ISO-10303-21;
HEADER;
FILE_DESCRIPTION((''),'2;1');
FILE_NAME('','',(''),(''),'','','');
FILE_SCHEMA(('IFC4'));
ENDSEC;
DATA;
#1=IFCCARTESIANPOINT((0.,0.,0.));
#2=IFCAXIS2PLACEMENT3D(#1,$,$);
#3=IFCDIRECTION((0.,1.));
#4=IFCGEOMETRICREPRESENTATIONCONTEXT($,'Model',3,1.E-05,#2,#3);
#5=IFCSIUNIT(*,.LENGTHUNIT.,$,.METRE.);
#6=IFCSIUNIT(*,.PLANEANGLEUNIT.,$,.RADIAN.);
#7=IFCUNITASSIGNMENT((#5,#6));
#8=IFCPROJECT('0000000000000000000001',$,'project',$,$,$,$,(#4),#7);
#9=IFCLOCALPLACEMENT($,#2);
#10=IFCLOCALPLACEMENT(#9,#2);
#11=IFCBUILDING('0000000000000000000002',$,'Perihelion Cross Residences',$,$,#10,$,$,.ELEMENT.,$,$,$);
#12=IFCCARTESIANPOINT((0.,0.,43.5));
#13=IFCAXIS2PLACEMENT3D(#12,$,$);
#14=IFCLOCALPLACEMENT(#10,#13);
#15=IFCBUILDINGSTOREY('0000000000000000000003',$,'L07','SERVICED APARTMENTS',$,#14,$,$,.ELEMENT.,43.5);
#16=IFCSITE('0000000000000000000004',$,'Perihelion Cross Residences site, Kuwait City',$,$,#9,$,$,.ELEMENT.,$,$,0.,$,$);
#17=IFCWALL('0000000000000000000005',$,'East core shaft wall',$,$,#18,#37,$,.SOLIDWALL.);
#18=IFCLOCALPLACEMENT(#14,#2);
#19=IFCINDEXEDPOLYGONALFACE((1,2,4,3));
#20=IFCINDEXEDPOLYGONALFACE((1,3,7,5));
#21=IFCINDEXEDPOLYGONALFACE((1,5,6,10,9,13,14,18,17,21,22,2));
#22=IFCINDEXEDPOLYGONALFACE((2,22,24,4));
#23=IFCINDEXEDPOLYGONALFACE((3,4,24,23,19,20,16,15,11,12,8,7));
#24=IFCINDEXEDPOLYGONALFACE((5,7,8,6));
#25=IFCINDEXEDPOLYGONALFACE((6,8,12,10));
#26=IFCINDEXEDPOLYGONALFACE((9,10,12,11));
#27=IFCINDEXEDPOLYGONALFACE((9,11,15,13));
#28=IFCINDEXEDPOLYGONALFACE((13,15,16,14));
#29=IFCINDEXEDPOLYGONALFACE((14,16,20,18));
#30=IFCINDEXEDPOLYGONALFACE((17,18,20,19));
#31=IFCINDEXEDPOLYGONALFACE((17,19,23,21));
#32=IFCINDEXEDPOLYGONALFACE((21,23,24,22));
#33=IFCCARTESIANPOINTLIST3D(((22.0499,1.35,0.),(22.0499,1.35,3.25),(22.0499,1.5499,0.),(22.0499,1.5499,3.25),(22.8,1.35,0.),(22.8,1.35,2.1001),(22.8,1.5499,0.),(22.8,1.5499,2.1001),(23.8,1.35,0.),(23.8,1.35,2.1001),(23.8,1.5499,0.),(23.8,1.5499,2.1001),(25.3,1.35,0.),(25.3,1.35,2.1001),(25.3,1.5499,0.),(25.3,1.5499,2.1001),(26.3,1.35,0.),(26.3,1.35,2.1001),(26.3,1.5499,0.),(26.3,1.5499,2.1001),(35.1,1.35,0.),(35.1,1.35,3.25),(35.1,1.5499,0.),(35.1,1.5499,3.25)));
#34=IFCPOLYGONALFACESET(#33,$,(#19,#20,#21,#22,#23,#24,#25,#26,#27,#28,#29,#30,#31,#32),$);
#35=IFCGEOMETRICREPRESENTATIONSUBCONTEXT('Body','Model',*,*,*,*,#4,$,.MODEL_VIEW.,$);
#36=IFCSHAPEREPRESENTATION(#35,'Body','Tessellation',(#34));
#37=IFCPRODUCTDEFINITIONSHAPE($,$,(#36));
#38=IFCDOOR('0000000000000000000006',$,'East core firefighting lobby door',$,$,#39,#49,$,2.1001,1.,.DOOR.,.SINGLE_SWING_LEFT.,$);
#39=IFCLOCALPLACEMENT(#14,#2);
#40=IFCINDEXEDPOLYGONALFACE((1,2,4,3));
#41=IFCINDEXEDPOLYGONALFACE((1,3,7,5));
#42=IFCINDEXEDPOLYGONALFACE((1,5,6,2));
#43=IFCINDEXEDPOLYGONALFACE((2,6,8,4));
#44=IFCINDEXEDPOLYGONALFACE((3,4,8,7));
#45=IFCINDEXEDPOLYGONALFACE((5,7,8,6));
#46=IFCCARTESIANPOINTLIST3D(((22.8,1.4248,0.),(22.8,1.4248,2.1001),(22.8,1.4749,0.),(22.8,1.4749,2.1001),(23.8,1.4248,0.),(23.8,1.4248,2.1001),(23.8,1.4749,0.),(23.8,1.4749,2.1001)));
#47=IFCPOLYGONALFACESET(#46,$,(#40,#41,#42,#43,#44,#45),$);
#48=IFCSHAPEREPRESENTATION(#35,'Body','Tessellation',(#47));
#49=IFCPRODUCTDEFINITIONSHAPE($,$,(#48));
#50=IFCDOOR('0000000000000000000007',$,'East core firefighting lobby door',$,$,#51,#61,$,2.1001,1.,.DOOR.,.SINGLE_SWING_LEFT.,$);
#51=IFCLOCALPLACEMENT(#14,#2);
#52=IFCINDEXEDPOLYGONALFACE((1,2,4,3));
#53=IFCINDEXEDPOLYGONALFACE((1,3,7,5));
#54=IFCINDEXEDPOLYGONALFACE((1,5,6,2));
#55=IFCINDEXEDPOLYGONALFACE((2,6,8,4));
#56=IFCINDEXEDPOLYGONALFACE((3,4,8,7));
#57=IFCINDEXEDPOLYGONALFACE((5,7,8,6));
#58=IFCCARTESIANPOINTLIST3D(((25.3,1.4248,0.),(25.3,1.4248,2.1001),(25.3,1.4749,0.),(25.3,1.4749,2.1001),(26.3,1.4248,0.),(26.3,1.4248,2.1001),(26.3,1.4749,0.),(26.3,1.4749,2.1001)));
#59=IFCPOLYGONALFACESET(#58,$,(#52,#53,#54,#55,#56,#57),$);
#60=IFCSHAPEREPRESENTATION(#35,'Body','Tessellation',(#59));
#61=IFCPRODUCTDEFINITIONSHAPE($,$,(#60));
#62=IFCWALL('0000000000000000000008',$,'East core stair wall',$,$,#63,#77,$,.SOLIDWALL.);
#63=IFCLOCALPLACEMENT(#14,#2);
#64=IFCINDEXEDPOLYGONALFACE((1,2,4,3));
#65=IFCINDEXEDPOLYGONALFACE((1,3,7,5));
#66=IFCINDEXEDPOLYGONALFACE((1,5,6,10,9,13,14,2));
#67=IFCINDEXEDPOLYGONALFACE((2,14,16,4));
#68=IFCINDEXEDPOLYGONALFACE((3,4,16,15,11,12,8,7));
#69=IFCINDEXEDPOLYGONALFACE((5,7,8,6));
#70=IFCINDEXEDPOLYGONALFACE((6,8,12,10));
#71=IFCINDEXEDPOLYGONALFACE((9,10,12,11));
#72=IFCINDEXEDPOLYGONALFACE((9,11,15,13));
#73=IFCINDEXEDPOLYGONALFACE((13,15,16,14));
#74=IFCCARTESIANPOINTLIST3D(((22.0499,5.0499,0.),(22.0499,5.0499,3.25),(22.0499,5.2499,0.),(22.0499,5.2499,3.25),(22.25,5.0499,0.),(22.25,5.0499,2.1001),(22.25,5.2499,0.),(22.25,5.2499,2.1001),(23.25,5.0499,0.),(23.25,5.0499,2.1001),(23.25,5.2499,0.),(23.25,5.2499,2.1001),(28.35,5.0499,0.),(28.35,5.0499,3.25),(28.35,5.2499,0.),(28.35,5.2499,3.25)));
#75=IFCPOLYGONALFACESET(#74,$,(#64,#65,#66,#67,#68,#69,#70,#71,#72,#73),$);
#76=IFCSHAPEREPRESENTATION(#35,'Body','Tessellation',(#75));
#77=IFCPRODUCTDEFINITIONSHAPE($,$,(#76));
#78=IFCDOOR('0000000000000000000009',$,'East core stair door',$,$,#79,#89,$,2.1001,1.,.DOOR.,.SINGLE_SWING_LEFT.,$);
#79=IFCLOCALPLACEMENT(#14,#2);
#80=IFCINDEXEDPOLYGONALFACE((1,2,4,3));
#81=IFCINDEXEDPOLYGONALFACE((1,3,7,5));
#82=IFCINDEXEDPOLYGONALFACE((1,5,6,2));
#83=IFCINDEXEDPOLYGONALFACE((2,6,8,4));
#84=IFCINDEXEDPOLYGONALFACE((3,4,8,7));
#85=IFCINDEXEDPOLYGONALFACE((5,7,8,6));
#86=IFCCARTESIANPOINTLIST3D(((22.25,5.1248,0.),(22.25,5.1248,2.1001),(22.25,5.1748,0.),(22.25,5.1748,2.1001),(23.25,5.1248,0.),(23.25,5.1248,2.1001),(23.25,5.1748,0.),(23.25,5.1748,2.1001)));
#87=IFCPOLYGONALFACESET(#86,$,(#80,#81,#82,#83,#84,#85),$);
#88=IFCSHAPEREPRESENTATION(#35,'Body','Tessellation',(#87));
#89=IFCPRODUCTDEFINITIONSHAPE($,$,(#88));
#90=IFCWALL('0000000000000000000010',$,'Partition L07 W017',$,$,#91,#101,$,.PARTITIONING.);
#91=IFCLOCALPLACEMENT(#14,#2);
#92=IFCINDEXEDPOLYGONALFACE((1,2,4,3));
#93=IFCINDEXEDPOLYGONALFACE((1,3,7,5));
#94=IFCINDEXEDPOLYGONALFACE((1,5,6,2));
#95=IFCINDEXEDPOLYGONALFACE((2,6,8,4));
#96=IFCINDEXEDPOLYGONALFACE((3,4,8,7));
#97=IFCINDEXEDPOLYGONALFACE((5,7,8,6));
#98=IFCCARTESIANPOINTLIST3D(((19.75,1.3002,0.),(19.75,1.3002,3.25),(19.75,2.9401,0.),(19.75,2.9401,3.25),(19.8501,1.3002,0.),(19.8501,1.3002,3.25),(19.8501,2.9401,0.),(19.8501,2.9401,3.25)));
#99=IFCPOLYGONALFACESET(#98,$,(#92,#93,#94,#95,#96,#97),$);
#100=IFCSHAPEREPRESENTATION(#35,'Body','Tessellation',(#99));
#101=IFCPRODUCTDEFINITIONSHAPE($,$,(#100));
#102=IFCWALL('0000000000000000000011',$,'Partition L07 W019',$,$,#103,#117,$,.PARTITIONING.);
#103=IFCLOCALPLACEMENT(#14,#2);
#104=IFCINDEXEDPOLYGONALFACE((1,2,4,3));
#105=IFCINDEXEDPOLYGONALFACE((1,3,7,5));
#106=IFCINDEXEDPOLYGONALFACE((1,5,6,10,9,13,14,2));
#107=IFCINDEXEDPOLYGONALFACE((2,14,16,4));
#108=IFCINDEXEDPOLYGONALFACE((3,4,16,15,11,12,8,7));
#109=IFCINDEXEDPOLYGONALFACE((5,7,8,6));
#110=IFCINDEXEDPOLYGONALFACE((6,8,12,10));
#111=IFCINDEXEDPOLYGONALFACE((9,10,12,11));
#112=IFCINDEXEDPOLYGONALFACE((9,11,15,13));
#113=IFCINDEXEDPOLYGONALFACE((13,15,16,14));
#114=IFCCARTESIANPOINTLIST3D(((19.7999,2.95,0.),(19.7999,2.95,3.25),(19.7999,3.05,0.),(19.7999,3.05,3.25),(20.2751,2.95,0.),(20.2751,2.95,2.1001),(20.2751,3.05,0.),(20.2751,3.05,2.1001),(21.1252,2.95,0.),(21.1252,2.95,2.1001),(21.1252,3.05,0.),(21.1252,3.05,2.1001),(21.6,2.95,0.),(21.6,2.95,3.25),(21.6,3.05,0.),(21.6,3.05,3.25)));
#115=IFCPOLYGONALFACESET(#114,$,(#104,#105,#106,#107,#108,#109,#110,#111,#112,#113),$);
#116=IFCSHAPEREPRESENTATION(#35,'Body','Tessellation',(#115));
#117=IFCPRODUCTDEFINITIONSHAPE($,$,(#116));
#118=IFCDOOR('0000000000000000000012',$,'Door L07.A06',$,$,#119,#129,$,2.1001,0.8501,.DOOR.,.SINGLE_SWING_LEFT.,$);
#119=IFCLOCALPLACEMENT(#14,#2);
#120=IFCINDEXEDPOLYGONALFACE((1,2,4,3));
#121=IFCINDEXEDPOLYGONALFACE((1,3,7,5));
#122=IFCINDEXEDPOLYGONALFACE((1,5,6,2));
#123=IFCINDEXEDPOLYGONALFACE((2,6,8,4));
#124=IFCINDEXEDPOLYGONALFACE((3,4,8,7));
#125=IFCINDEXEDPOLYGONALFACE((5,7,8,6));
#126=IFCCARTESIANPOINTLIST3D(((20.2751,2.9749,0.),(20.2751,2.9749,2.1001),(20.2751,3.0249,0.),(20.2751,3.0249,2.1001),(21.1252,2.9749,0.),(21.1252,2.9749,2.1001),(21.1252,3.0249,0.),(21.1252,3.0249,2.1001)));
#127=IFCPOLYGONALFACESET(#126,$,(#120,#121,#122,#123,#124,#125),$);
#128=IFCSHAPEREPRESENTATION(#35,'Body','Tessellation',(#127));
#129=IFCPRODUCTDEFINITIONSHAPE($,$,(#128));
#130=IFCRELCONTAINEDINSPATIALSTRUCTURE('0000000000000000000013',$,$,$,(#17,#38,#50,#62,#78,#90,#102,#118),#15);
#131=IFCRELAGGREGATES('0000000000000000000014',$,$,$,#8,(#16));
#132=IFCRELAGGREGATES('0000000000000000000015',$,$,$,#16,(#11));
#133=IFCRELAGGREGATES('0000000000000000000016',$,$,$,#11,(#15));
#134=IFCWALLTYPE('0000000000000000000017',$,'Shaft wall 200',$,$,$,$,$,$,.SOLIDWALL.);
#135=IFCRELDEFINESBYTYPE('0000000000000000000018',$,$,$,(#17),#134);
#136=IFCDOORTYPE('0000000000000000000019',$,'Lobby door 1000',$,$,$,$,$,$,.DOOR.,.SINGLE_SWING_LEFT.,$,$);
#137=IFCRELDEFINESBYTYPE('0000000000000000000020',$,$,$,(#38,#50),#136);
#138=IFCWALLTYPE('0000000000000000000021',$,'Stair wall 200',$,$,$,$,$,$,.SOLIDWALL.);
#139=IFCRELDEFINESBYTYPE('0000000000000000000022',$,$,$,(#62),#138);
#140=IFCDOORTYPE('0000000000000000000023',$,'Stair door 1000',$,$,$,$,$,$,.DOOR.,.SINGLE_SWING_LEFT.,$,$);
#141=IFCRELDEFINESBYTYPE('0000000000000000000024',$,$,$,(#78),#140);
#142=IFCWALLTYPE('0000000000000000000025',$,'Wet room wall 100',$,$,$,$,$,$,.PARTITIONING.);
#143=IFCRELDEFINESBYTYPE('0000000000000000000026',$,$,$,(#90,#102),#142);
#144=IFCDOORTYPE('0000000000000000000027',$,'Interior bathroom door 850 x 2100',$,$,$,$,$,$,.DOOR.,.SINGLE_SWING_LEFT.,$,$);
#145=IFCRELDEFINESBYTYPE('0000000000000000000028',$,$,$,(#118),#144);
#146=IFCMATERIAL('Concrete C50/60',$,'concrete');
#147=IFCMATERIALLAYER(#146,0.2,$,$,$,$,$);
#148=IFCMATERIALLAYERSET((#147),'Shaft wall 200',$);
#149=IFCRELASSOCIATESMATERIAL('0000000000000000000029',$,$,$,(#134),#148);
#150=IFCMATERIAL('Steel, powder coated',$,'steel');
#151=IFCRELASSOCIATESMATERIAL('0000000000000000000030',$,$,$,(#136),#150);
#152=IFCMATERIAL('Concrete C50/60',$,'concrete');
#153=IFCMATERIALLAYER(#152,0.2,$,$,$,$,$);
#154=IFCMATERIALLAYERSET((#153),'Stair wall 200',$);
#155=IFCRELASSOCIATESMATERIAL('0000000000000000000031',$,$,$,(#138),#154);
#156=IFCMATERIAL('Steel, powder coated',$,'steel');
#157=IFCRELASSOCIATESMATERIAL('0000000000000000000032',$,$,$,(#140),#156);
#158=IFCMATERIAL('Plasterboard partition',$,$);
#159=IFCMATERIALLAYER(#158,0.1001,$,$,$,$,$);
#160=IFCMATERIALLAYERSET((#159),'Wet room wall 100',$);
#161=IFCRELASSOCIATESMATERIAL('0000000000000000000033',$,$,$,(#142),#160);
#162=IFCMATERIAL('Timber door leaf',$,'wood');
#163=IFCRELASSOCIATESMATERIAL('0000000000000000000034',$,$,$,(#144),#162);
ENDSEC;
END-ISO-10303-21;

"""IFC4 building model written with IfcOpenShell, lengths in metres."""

from ifc_helpers import new_model, si_unit, direction, frame, frame_2d, origin, place, context, subcontext, project, spatial, rectangle, extrude, material, layer, layer_set, type_object, element, fill, save


model = new_model("IFC4")

# Units and contexts
model_context = context("Model", 3, precision=1e-05, world=origin(), true_north=direction((0.0, 1.0)))
body_context = subcontext(model_context, "Body", "Model", "MODEL_VIEW")
ifc_project = project(units=[si_unit("LENGTHUNIT", "METRE"), si_unit("PLANEANGLEUNIT", "RADIAN")], contexts=[model_context])

# Site, building, storey
site_placement = place(None, origin())
site = spatial("IfcSite", under=ifc_project, at=site_placement, Name="Perihelion Cross Residences site, Kuwait City", CompositionType="ELEMENT", RefElevation=0.0)
building_placement = place(site_placement, origin())
building = spatial("IfcBuilding", under=site, at=building_placement, Name="Perihelion Cross Residences", CompositionType="ELEMENT")
storey_placement = place(building_placement, frame((0.0, 0.0, 43.5)))
storey = spatial("IfcBuildingStorey", under=building, at=storey_placement, Name="L07", Description="SERVICED APARTMENTS", CompositionType="ELEMENT", Elevation=43.5)

# Wall, openings, doors
ifc_material_1 = material(Name="Concrete C50/60", Category="concrete")
ifc_layer_1 = layer(ifc_material_1, 0.2)
ifc_layer_set_1 = layer_set([ifc_layer_1], Name="Shaft wall 200")
wall_type_1 = type_object("IfcWallType", Name="Shaft wall 200", PredefinedType="SOLIDWALL", material=ifc_layer_set_1)
wall_1_placement = place(storey_placement, frame((22.05, 1.45, 0.0), z_axis=(0.0, 0.0, 1.0), x_axis=(1.0, 0.0, 0.0)))
wall_1 = element("IfcWall", 1, at=wall_1_placement, inside=storey, type_object=wall_type_1, Name="East core shaft wall", PredefinedType="SOLIDWALL", context=body_context, shape_type="SweptSolid", body=[
    extrude(rectangle(XDim=13.05, YDim=0.2, at=frame_2d((6.5249, 0.0))), origin(), (0.0, 0.0, 1.0), 3.25),
])
opening_1_placement = place(wall_1_placement, frame((0.75, 0.0, 0.0)))
opening_1 = element("IfcOpeningElement", 2, at=opening_1_placement, cuts=wall_1, PredefinedType="OPENING", context=body_context, shape_type="SweptSolid", body=[
    extrude(rectangle(XDim=1.0, YDim=2.1001, at=frame_2d((0.5, 1.05))), frame((0.0, 0.1099, 0.0), z_axis=(0.0, -1.0, 0.0), x_axis=(1.0, 0.0, 0.0)), (0.0, 0.0, 1.0), 0.22),
])
opening_2_placement = place(wall_1_placement, frame((3.25, 0.0, 0.0)))
opening_2 = element("IfcOpeningElement", 3, at=opening_2_placement, cuts=wall_1, PredefinedType="OPENING", context=body_context, shape_type="SweptSolid", body=[
    extrude(rectangle(XDim=1.0, YDim=2.1001, at=frame_2d((0.5, 1.05))), frame((0.0, 0.1099, 0.0), z_axis=(0.0, -1.0, 0.0), x_axis=(1.0, 0.0, 0.0)), (0.0, 0.0, 1.0), 0.22),
])
ifc_material_2 = material(Name="Steel, powder coated", Category="steel")
door_type_1 = type_object("IfcDoorType", Name="Lobby door 1000", OperationType="SINGLE_SWING_LEFT", PredefinedType="DOOR", material=ifc_material_2)
door_1_placement = place(opening_1_placement, origin())
door_1 = element("IfcDoor", 4, at=door_1_placement, inside=storey, type_object=door_type_1, Name="East core firefighting lobby door", OperationType="SINGLE_SWING_LEFT", OverallHeight=2.1001, OverallWidth=1.0, PredefinedType="DOOR", context=body_context, shape_type="SweptSolid", body=[
    extrude(rectangle(XDim=1.0, YDim=2.1001, at=frame_2d((0.5, 1.05))), frame((0.0, 0.0249, 0.0), z_axis=(0.0, -1.0, 0.0), x_axis=(1.0, 0.0, 0.0)), (0.0, 0.0, 1.0), 0.05),
])
fill(opening_1, door_1)
door_2_placement = place(opening_2_placement, origin())
door_2 = element("IfcDoor", 5, at=door_2_placement, inside=storey, type_object=door_type_1, Name="East core firefighting lobby door", OperationType="SINGLE_SWING_LEFT", OverallHeight=2.1001, OverallWidth=1.0, PredefinedType="DOOR", context=body_context, shape_type="SweptSolid", body=[
    extrude(rectangle(XDim=1.0, YDim=2.1001, at=frame_2d((0.5, 1.05))), frame((0.0, 0.0249, 0.0), z_axis=(0.0, -1.0, 0.0), x_axis=(1.0, 0.0, 0.0)), (0.0, 0.0, 1.0), 0.05),
])
fill(opening_2, door_2)

# Wall, opening, door
ifc_material_3 = material(Name="Concrete C50/60", Category="concrete")
ifc_layer_2 = layer(ifc_material_3, 0.2)
ifc_layer_set_2 = layer_set([ifc_layer_2], Name="Stair wall 200")
wall_type_2 = type_object("IfcWallType", Name="Stair wall 200", PredefinedType="SOLIDWALL", material=ifc_layer_set_2)
wall_2_placement = place(storey_placement, frame((22.05, 5.1499, 0.0), z_axis=(0.0, 0.0, 1.0), x_axis=(1.0, 0.0, 0.0)))
wall_2 = element("IfcWall", 6, at=wall_2_placement, inside=storey, type_object=wall_type_2, Name="East core stair wall", PredefinedType="SOLIDWALL", context=body_context, shape_type="SweptSolid", body=[
    extrude(rectangle(XDim=6.3, YDim=0.2, at=frame_2d((3.1499, 0.0))), origin(), (0.0, 0.0, 1.0), 3.25),
])
opening_3_placement = place(wall_2_placement, frame((0.2, 0.0, 0.0)))
opening_3 = element("IfcOpeningElement", 7, at=opening_3_placement, cuts=wall_2, PredefinedType="OPENING", context=body_context, shape_type="SweptSolid", body=[
    extrude(rectangle(XDim=1.0, YDim=2.1001, at=frame_2d((0.5, 1.05))), frame((0.0, 0.1099, 0.0), z_axis=(0.0, -1.0, 0.0), x_axis=(1.0, 0.0, 0.0)), (0.0, 0.0, 1.0), 0.22),
])
ifc_material_4 = material(Name="Steel, powder coated", Category="steel")
door_type_2 = type_object("IfcDoorType", Name="Stair door 1000", OperationType="SINGLE_SWING_LEFT", PredefinedType="DOOR", material=ifc_material_4)
door_3_placement = place(opening_3_placement, origin())
door_3 = element("IfcDoor", 8, at=door_3_placement, inside=storey, type_object=door_type_2, Name="East core stair door", OperationType="SINGLE_SWING_LEFT", OverallHeight=2.1001, OverallWidth=1.0, PredefinedType="DOOR", context=body_context, shape_type="SweptSolid", body=[
    extrude(rectangle(XDim=1.0, YDim=2.1001, at=frame_2d((0.5, 1.05))), frame((0.0, 0.0249, 0.0), z_axis=(0.0, -1.0, 0.0), x_axis=(1.0, 0.0, 0.0)), (0.0, 0.0, 1.0), 0.05),
])
fill(opening_3, door_3)

# Wall
ifc_material_5 = material(Name="Plasterboard partition")
ifc_layer_3 = layer(ifc_material_5, 0.1001)
ifc_layer_set_3 = layer_set([ifc_layer_3], Name="Wet room wall 100")
wall_type_3 = type_object("IfcWallType", Name="Wet room wall 100", PredefinedType="PARTITIONING", material=ifc_layer_set_3)
wall_3_placement = place(storey_placement, frame((19.8, 2.9399, 0.0), z_axis=(0.0, 0.0, 1.0), x_axis=(0.0, -1.0, 0.0)))
element("IfcWall", 9, at=wall_3_placement, inside=storey, type_object=wall_type_3, Name="Partition L07 W017", PredefinedType="PARTITIONING", context=body_context, shape_type="SweptSolid", body=[
    extrude(rectangle(XDim=1.6399, YDim=0.1001, at=frame_2d((0.8198, 0.0))), origin(), (0.0, 0.0, 1.0), 3.25),
])

# Wall, opening, door
wall_4_placement = place(storey_placement, frame((19.8, 3.0, 0.0), z_axis=(0.0, 0.0, 1.0), x_axis=(1.0, 0.0, 0.0)))
wall_4 = element("IfcWall", 10, at=wall_4_placement, inside=storey, type_object=wall_type_3, Name="Partition L07 W019", PredefinedType="PARTITIONING", context=body_context, shape_type="SweptSolid", body=[
    extrude(rectangle(XDim=1.8, YDim=0.1001, at=frame_2d((0.8999, 0.0))), origin(), (0.0, 0.0, 1.0), 3.25),
])
opening_4_placement = place(wall_4_placement, frame((0.4751, 0.0, 0.0)))
opening_4 = element("IfcOpeningElement", 11, at=opening_4_placement, cuts=wall_4, PredefinedType="OPENING", context=body_context, shape_type="SweptSolid", body=[
    extrude(rectangle(XDim=0.8501, YDim=2.1001, at=frame_2d((0.425, 1.05))), frame((0.0, 0.0601, 0.0), z_axis=(0.0, -1.0, 0.0), x_axis=(1.0, 0.0, 0.0)), (0.0, 0.0, 1.0), 0.1201),
])
ifc_material_6 = material(Name="Timber door leaf", Category="wood")
door_type_3 = type_object("IfcDoorType", Name="Interior bathroom door 850 x 2100", OperationType="SINGLE_SWING_LEFT", PredefinedType="DOOR", material=ifc_material_6)
door_4_placement = place(opening_4_placement, origin())
door_4 = element("IfcDoor", 12, at=door_4_placement, inside=storey, type_object=door_type_3, Name="Door L07.A06", OperationType="SINGLE_SWING_LEFT", OverallHeight=2.1001, OverallWidth=0.8501, PredefinedType="DOOR", context=body_context, shape_type="SweptSolid", body=[
    extrude(rectangle(XDim=0.8501, YDim=2.1001, at=frame_2d((0.425, 1.05))), frame((0.0, 0.0249, 0.0), z_axis=(0.0, -1.0, 0.0), x_axis=(1.0, 0.0, 0.0)), (0.0, 0.0, 1.0), 0.05),
])
fill(opening_4, door_4)

save(model, "model.ifc")
